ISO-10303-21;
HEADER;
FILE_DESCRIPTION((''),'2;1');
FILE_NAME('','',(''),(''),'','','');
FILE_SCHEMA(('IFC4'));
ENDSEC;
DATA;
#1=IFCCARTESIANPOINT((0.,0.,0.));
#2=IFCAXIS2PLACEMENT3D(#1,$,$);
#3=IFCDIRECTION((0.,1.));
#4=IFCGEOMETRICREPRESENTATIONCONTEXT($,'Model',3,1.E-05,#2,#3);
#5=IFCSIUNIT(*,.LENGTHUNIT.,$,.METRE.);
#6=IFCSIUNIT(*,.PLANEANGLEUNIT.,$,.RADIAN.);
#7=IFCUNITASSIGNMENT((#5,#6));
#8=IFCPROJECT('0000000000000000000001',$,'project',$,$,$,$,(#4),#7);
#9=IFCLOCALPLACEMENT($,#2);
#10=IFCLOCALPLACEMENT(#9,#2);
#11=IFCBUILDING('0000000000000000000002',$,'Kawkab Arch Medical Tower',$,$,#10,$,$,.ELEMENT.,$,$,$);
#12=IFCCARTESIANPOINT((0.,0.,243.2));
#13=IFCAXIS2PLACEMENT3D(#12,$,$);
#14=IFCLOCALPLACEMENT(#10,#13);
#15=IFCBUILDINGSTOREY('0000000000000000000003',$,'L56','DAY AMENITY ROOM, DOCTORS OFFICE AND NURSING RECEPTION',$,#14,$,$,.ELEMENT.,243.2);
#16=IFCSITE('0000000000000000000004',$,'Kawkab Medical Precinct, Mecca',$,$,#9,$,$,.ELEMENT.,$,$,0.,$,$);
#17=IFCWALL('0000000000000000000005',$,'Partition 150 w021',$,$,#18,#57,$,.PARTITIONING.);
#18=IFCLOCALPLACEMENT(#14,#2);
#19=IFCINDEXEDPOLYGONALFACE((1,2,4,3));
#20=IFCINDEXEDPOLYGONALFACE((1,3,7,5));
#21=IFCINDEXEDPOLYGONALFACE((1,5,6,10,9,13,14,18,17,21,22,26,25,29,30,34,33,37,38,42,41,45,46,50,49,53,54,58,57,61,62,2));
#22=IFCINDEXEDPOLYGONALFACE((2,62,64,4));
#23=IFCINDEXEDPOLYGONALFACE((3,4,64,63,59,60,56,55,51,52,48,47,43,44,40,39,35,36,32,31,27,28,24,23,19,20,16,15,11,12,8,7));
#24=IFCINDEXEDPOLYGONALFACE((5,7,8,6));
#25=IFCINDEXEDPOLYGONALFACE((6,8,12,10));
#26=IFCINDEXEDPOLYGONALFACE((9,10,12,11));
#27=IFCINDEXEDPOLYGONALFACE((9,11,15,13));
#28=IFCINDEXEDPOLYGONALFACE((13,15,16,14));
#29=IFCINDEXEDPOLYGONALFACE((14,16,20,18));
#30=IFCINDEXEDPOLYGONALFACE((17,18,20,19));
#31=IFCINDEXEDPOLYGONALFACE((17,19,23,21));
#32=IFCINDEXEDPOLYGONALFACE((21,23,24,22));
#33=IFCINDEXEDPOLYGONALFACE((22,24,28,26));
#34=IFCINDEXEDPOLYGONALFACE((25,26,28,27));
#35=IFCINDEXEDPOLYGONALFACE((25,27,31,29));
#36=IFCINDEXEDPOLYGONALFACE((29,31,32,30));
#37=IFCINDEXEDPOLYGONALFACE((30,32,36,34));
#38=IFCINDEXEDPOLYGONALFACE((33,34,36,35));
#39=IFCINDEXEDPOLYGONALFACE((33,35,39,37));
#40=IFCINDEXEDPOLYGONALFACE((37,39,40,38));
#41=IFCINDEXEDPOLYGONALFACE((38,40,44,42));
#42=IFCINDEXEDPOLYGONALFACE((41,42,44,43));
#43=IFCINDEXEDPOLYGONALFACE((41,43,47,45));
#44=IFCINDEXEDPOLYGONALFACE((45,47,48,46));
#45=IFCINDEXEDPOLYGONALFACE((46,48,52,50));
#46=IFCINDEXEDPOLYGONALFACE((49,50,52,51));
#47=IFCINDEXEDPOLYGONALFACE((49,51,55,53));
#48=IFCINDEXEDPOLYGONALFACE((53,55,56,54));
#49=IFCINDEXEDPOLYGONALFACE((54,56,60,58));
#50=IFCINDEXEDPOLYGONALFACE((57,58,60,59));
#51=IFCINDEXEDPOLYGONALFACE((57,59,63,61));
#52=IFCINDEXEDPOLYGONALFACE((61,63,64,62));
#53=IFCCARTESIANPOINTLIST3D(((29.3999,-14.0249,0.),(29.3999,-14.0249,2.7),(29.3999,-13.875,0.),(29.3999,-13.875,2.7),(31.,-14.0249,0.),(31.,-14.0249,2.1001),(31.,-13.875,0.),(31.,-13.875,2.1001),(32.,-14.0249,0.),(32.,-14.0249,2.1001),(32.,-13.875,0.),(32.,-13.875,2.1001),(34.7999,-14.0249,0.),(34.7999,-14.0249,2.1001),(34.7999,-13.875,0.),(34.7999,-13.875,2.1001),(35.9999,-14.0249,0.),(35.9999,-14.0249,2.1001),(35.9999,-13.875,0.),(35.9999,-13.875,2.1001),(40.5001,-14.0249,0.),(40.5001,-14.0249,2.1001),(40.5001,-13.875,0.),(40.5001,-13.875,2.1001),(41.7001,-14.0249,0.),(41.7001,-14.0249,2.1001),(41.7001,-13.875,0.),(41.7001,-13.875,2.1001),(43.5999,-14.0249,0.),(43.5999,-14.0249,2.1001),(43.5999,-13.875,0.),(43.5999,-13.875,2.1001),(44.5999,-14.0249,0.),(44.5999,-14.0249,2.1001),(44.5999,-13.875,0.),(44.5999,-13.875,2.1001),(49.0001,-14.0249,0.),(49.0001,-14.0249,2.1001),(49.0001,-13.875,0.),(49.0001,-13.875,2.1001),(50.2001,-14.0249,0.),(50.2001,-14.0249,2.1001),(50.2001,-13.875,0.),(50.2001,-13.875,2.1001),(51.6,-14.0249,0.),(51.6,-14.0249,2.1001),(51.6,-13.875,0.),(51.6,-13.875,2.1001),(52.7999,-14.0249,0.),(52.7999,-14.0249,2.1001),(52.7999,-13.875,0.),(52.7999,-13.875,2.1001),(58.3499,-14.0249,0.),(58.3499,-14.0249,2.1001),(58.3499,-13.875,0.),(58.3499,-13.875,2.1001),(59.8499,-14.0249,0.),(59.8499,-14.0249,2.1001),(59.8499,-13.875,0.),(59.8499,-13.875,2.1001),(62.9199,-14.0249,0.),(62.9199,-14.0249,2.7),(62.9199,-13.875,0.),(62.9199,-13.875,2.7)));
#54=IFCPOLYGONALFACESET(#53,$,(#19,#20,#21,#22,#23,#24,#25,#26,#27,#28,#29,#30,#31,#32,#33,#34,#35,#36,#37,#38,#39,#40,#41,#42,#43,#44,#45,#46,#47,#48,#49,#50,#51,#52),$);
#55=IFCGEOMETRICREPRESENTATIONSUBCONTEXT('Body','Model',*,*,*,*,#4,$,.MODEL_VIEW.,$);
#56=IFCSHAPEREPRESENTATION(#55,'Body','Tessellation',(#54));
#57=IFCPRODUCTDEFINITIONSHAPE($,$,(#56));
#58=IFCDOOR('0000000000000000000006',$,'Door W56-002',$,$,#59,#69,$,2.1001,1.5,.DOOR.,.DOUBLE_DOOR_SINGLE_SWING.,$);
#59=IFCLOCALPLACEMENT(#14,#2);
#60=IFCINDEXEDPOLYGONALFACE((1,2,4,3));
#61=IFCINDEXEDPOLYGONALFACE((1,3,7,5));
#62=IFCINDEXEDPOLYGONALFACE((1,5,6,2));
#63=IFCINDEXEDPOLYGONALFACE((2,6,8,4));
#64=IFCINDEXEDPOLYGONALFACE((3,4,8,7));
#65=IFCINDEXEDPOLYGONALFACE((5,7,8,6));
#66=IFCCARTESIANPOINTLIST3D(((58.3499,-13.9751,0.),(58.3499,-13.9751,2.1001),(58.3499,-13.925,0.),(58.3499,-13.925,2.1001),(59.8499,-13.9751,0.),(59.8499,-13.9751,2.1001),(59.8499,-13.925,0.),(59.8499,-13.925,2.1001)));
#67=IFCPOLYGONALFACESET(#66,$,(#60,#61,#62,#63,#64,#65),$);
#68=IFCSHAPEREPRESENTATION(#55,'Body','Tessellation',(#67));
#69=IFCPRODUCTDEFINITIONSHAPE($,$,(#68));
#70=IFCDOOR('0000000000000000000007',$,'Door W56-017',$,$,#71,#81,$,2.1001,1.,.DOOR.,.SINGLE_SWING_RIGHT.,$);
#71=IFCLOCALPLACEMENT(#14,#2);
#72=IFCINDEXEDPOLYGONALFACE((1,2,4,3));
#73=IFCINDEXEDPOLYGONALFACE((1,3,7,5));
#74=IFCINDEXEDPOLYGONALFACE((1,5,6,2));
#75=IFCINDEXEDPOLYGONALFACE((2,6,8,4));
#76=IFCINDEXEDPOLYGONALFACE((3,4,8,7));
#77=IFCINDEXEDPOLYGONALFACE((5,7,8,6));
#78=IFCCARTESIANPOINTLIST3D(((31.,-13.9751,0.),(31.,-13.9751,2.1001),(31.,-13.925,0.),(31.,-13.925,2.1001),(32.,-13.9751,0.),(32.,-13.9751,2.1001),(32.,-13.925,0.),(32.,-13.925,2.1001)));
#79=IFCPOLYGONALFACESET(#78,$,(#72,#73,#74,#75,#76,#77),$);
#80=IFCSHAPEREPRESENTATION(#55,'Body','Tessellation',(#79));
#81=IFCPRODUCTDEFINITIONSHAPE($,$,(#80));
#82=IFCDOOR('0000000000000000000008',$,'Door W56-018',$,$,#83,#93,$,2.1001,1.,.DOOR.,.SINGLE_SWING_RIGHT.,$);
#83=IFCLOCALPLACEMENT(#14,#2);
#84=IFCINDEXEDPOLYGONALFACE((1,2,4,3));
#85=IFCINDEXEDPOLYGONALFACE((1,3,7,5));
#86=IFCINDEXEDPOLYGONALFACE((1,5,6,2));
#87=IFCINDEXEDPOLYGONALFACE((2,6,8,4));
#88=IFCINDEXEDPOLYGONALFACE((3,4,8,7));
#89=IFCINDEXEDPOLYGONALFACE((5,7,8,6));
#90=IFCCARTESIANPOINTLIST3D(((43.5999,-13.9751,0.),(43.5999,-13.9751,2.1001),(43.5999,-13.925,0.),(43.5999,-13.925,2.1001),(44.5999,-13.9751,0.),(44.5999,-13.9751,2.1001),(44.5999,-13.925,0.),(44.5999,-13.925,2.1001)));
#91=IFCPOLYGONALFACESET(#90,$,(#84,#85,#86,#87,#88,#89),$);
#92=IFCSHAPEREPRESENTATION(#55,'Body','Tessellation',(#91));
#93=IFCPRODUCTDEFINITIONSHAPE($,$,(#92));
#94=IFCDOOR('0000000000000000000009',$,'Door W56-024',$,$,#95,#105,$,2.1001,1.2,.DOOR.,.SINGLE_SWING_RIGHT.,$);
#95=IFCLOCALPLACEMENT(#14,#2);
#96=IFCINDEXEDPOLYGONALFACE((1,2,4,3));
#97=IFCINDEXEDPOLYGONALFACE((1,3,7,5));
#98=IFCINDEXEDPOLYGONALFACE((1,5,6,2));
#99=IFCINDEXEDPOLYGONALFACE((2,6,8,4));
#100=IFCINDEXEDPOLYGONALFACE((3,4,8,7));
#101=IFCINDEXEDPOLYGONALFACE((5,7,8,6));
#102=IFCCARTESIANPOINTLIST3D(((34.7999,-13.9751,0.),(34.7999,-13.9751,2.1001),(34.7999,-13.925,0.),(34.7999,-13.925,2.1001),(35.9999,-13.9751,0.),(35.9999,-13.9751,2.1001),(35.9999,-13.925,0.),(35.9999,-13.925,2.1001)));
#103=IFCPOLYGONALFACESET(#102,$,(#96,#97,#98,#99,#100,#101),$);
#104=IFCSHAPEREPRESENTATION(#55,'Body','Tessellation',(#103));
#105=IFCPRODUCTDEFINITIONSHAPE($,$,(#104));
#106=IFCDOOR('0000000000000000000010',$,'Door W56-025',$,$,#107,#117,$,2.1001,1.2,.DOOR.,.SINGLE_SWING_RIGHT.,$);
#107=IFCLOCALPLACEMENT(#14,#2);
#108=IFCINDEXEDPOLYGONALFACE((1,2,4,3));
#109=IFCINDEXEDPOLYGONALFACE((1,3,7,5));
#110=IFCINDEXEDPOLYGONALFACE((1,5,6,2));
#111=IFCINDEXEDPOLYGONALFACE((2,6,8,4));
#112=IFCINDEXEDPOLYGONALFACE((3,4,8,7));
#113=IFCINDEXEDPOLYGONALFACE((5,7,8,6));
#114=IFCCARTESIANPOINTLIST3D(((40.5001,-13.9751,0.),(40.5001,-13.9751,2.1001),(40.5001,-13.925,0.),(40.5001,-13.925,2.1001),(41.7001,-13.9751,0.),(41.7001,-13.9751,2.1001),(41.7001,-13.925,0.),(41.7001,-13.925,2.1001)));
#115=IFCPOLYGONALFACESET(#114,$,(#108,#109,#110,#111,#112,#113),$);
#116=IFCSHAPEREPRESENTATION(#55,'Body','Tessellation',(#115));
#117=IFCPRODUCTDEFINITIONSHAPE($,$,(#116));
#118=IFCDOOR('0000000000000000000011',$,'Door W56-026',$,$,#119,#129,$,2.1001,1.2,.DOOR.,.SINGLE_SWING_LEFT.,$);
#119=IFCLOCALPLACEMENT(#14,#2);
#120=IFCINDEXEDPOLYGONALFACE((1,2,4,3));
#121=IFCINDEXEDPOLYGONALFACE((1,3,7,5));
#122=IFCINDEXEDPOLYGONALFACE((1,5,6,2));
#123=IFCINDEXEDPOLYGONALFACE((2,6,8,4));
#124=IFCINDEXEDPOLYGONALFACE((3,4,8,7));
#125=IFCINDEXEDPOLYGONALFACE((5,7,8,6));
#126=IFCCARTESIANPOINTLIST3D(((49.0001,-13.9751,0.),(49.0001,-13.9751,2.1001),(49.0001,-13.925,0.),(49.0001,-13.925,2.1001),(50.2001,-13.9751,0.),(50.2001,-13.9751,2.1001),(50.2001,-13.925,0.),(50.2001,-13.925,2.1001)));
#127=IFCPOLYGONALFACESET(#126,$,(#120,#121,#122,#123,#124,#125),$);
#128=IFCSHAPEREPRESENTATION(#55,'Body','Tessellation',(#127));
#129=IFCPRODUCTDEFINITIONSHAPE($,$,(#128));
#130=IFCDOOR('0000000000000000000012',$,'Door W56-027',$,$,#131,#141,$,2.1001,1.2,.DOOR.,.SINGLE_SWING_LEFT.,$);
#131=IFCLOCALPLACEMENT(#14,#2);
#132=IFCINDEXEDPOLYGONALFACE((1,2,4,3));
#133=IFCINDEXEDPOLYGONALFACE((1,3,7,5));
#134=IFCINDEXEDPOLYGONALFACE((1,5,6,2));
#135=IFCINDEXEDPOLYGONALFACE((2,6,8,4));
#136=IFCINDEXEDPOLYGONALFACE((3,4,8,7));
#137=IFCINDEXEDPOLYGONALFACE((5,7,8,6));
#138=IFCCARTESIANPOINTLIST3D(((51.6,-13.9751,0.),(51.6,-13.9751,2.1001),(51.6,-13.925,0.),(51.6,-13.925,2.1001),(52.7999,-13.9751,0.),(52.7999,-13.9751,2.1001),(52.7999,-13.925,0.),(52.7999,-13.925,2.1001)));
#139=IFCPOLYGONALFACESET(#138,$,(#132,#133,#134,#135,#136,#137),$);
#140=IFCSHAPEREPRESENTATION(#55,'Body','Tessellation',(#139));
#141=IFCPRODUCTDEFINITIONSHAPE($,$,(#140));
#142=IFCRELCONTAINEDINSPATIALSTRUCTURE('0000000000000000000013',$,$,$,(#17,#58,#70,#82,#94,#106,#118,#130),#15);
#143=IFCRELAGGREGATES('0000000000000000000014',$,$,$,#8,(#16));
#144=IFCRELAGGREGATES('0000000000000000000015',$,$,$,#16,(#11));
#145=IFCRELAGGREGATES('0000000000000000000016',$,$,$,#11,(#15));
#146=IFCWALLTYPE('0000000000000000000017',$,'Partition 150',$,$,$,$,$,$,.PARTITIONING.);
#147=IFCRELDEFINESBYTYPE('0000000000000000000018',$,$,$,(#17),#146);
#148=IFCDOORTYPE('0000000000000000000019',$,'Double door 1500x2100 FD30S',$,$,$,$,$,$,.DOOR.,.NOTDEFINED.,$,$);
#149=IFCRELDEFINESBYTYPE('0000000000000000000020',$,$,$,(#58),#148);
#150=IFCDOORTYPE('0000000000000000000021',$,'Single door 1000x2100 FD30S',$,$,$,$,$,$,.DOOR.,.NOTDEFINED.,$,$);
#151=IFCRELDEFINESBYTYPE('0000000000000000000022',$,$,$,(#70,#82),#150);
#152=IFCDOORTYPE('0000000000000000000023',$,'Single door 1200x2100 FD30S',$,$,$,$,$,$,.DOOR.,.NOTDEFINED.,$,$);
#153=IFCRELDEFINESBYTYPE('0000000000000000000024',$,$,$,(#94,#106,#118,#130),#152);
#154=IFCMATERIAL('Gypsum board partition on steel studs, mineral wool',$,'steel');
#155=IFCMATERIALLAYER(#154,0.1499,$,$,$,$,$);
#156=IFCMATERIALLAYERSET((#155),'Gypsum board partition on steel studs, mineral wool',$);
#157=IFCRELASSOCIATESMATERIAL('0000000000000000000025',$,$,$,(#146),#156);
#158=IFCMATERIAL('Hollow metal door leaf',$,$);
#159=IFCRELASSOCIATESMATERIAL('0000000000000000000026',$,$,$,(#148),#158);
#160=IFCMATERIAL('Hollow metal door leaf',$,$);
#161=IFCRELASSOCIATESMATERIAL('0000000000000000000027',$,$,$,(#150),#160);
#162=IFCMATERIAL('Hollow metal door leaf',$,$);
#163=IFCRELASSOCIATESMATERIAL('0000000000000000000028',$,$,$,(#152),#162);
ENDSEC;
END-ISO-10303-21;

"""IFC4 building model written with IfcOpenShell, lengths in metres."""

from ifc_helpers import new_model, si_unit, direction, frame, frame_2d, origin, place, context, subcontext, project, spatial, rectangle, extrude, material, layer, layer_set, type_object, element, fill, save


model = new_model("IFC4")

# Units and contexts
model_context = context("Model", 3, precision=1e-05, world=origin(), true_north=direction((0.0, 1.0)))
body_context = subcontext(model_context, "Body", "Model", "MODEL_VIEW")
ifc_project = project(units=[si_unit("LENGTHUNIT", "METRE"), si_unit("PLANEANGLEUNIT", "RADIAN")], contexts=[model_context])

# Site, building, storey
site_placement = place(None, origin())
site = spatial("IfcSite", under=ifc_project, at=site_placement, Name="Kawkab Medical Precinct, Mecca", CompositionType="ELEMENT", RefElevation=0.0)
building_placement = place(site_placement, origin())
building = spatial("IfcBuilding", under=site, at=building_placement, Name="Kawkab Arch Medical Tower", CompositionType="ELEMENT")
storey_placement = place(building_placement, frame((0.0, 0.0, 243.2)))
storey = spatial("IfcBuildingStorey", under=building, at=storey_placement, Name="L56", Description="DAY AMENITY ROOM, DOCTORS OFFICE AND NURSING RECEPTION", CompositionType="ELEMENT", Elevation=243.2)

# Wall, openings, doors
ifc_material_1 = material(Name="Gypsum board partition on steel studs, mineral wool", Category="steel")
ifc_layer_1 = layer(ifc_material_1, 0.1499)
ifc_layer_set_1 = layer_set([ifc_layer_1], Name="Gypsum board partition on steel studs, mineral wool")
wall_type = type_object("IfcWallType", Name="Partition 150", PredefinedType="PARTITIONING", material=ifc_layer_set_1)
wall_1_placement = place(storey_placement, frame((29.3999, -13.95, 0.0), z_axis=(0.0, 0.0, 1.0), x_axis=(1.0, 0.0, 0.0)))
wall_1 = element("IfcWall", 1, at=wall_1_placement, inside=storey, type_object=wall_type, Name="Partition 150 w021", PredefinedType="PARTITIONING", context=body_context, shape_type="SweptSolid", body=[
    extrude(rectangle(XDim=33.52, YDim=0.1499, at=frame_2d((16.76, 0.0))), origin(), (0.0, 0.0, 1.0), 2.7),
])
opening_1_placement = place(wall_1_placement, frame((1.6001, 0.0, 0.0)))
opening_1 = element("IfcOpeningElement", 2, at=opening_1_placement, cuts=wall_1, PredefinedType="OPENING", context=body_context, shape_type="SweptSolid", body=[
    extrude(rectangle(XDim=1.0, YDim=2.1001, at=frame_2d((0.5, 1.05))), frame((0.0, 0.085, 0.0), z_axis=(0.0, -1.0, 0.0), x_axis=(1.0, 0.0, 0.0)), (0.0, 0.0, 1.0), 0.1699),
])
opening_2_placement = place(wall_1_placement, frame((5.3999, 0.0, 0.0)))
opening_2 = element("IfcOpeningElement", 3, at=opening_2_placement, cuts=wall_1, PredefinedType="OPENING", context=body_context, shape_type="SweptSolid", body=[
    extrude(rectangle(XDim=1.2, YDim=2.1001, at=frame_2d((0.6001, 1.05))), frame((0.0, 0.085, 0.0), z_axis=(0.0, -1.0, 0.0), x_axis=(1.0, 0.0, 0.0)), (0.0, 0.0, 1.0), 0.1699),
])
opening_3_placement = place(wall_1_placement, frame((11.1001, 0.0, 0.0)))
opening_3 = element("IfcOpeningElement", 4, at=opening_3_placement, cuts=wall_1, PredefinedType="OPENING", context=body_context, shape_type="SweptSolid", body=[
    extrude(rectangle(XDim=1.2, YDim=2.1001, at=frame_2d((0.6001, 1.05))), frame((0.0, 0.085, 0.0), z_axis=(0.0, -1.0, 0.0), x_axis=(1.0, 0.0, 0.0)), (0.0, 0.0, 1.0), 0.1699),
])
opening_4_placement = place(wall_1_placement, frame((14.2, 0.0, 0.0)))
opening_4 = element("IfcOpeningElement", 5, at=opening_4_placement, cuts=wall_1, PredefinedType="OPENING", context=body_context, shape_type="SweptSolid", body=[
    extrude(rectangle(XDim=1.0, YDim=2.1001, at=frame_2d((0.5, 1.05))), frame((0.0, 0.085, 0.0), z_axis=(0.0, -1.0, 0.0), x_axis=(1.0, 0.0, 0.0)), (0.0, 0.0, 1.0), 0.1699),
])
opening_5_placement = place(wall_1_placement, frame((19.6001, 0.0, 0.0)))
opening_5 = element("IfcOpeningElement", 6, at=opening_5_placement, cuts=wall_1, PredefinedType="OPENING", context=body_context, shape_type="SweptSolid", body=[
    extrude(rectangle(XDim=1.2, YDim=2.1001, at=frame_2d((0.6001, 1.05))), frame((0.0, 0.085, 0.0), z_axis=(0.0, -1.0, 0.0), x_axis=(1.0, 0.0, 0.0)), (0.0, 0.0, 1.0), 0.1699),
])
opening_6_placement = place(wall_1_placement, frame((22.2, 0.0, 0.0)))
opening_6 = element("IfcOpeningElement", 7, at=opening_6_placement, cuts=wall_1, PredefinedType="OPENING", context=body_context, shape_type="SweptSolid", body=[
    extrude(rectangle(XDim=1.2, YDim=2.1001, at=frame_2d((0.6001, 1.05))), frame((0.0, 0.085, 0.0), z_axis=(0.0, -1.0, 0.0), x_axis=(1.0, 0.0, 0.0)), (0.0, 0.0, 1.0), 0.1699),
])
opening_7_placement = place(wall_1_placement, frame((28.95, 0.0, 0.0)))
opening_7 = element("IfcOpeningElement", 8, at=opening_7_placement, cuts=wall_1, PredefinedType="OPENING", context=body_context, shape_type="SweptSolid", body=[
    extrude(rectangle(XDim=1.5, YDim=2.1001, at=frame_2d((0.75, 1.05))), frame((0.0, 0.085, 0.0), z_axis=(0.0, -1.0, 0.0), x_axis=(1.0, 0.0, 0.0)), (0.0, 0.0, 1.0), 0.1699),
])
ifc_material_2 = material(Name="Hollow metal door leaf")
door_type_1 = type_object("IfcDoorType", Name="Double door 1500x2100 FD30S", OperationType="NOTDEFINED", PredefinedType="DOOR", material=ifc_material_2)
door_1_placement = place(opening_7_placement, origin())
door_1 = element("IfcDoor", 9, at=door_1_placement, inside=storey, type_object=door_type_1, Name="Door W56-002", OperationType="DOUBLE_DOOR_SINGLE_SWING", OverallHeight=2.1001, OverallWidth=1.5, PredefinedType="DOOR", context=body_context, shape_type="SweptSolid", body=[
    extrude(rectangle(XDim=1.5, YDim=2.1001, at=frame_2d((0.75, 1.05))), frame((0.0, 0.0249, 0.0), z_axis=(0.0, -1.0, 0.0), x_axis=(1.0, 0.0, 0.0)), (0.0, 0.0, 1.0), 0.05),
])
fill(opening_7, door_1)
ifc_material_3 = material(Name="Hollow metal door leaf")
door_type_2 = type_object("IfcDoorType", Name="Single door 1000x2100 FD30S", OperationType="NOTDEFINED", PredefinedType="DOOR", material=ifc_material_3)
door_2_placement = place(opening_1_placement, origin())
door_2 = element("IfcDoor", 10, at=door_2_placement, inside=storey, type_object=door_type_2, Name="Door W56-017", OperationType="SINGLE_SWING_RIGHT", OverallHeight=2.1001, OverallWidth=1.0, PredefinedType="DOOR", context=body_context, shape_type="SweptSolid", body=[
    extrude(rectangle(XDim=1.0, YDim=2.1001, at=frame_2d((0.5, 1.05))), frame((0.0, 0.0249, 0.0), z_axis=(0.0, -1.0, 0.0), x_axis=(1.0, 0.0, 0.0)), (0.0, 0.0, 1.0), 0.05),
])
fill(opening_1, door_2)
door_3_placement = place(opening_4_placement, origin())
door_3 = element("IfcDoor", 11, at=door_3_placement, inside=storey, type_object=door_type_2, Name="Door W56-018", OperationType="SINGLE_SWING_RIGHT", OverallHeight=2.1001, OverallWidth=1.0, PredefinedType="DOOR", context=body_context, shape_type="SweptSolid", body=[
    extrude(rectangle(XDim=1.0, YDim=2.1001, at=frame_2d((0.5, 1.05))), frame((0.0, 0.0249, 0.0), z_axis=(0.0, -1.0, 0.0), x_axis=(1.0, 0.0, 0.0)), (0.0, 0.0, 1.0), 0.05),
])
fill(opening_4, door_3)
ifc_material_4 = material(Name="Hollow metal door leaf")
door_type_3 = type_object("IfcDoorType", Name="Single door 1200x2100 FD30S", OperationType="NOTDEFINED", PredefinedType="DOOR", material=ifc_material_4)
door_4_placement = place(opening_2_placement, origin())
door_4 = element("IfcDoor", 12, at=door_4_placement, inside=storey, type_object=door_type_3, Name="Door W56-024", OperationType="SINGLE_SWING_RIGHT", OverallHeight=2.1001, OverallWidth=1.2, PredefinedType="DOOR", context=body_context, shape_type="SweptSolid", body=[
    extrude(rectangle(XDim=1.2, YDim=2.1001, at=frame_2d((0.6001, 1.05))), frame((0.0, 0.0249, 0.0), z_axis=(0.0, -1.0, 0.0), x_axis=(1.0, 0.0, 0.0)), (0.0, 0.0, 1.0), 0.05),
])
fill(opening_2, door_4)
door_5_placement = place(opening_3_placement, origin())
door_5 = element("IfcDoor", 13, at=door_5_placement, inside=storey, type_object=door_type_3, Name="Door W56-025", OperationType="SINGLE_SWING_RIGHT", OverallHeight=2.1001, OverallWidth=1.2, PredefinedType="DOOR", context=body_context, shape_type="SweptSolid", body=[
    extrude(rectangle(XDim=1.2, YDim=2.1001, at=frame_2d((0.6001, 1.05))), frame((0.0, 0.0249, 0.0), z_axis=(0.0, -1.0, 0.0), x_axis=(1.0, 0.0, 0.0)), (0.0, 0.0, 1.0), 0.05),
])
fill(opening_3, door_5)
door_6_placement = place(opening_5_placement, origin())
door_6 = element("IfcDoor", 14, at=door_6_placement, inside=storey, type_object=door_type_3, Name="Door W56-026", OperationType="SINGLE_SWING_LEFT", OverallHeight=2.1001, OverallWidth=1.2, PredefinedType="DOOR", context=body_context, shape_type="SweptSolid", body=[
    extrude(rectangle(XDim=1.2, YDim=2.1001, at=frame_2d((0.6001, 1.05))), frame((0.0, 0.0249, 0.0), z_axis=(0.0, -1.0, 0.0), x_axis=(1.0, 0.0, 0.0)), (0.0, 0.0, 1.0), 0.05),
])
fill(opening_5, door_6)
door_7_placement = place(opening_6_placement, origin())
door_7 = element("IfcDoor", 15, at=door_7_placement, inside=storey, type_object=door_type_3, Name="Door W56-027", OperationType="SINGLE_SWING_LEFT", OverallHeight=2.1001, OverallWidth=1.2, PredefinedType="DOOR", context=body_context, shape_type="SweptSolid", body=[
    extrude(rectangle(XDim=1.2, YDim=2.1001, at=frame_2d((0.6001, 1.05))), frame((0.0, 0.0249, 0.0), z_axis=(0.0, -1.0, 0.0), x_axis=(1.0, 0.0, 0.0)), (0.0, 0.0, 1.0), 0.05),
])
fill(opening_6, door_7)

save(model, "model.ifc")
